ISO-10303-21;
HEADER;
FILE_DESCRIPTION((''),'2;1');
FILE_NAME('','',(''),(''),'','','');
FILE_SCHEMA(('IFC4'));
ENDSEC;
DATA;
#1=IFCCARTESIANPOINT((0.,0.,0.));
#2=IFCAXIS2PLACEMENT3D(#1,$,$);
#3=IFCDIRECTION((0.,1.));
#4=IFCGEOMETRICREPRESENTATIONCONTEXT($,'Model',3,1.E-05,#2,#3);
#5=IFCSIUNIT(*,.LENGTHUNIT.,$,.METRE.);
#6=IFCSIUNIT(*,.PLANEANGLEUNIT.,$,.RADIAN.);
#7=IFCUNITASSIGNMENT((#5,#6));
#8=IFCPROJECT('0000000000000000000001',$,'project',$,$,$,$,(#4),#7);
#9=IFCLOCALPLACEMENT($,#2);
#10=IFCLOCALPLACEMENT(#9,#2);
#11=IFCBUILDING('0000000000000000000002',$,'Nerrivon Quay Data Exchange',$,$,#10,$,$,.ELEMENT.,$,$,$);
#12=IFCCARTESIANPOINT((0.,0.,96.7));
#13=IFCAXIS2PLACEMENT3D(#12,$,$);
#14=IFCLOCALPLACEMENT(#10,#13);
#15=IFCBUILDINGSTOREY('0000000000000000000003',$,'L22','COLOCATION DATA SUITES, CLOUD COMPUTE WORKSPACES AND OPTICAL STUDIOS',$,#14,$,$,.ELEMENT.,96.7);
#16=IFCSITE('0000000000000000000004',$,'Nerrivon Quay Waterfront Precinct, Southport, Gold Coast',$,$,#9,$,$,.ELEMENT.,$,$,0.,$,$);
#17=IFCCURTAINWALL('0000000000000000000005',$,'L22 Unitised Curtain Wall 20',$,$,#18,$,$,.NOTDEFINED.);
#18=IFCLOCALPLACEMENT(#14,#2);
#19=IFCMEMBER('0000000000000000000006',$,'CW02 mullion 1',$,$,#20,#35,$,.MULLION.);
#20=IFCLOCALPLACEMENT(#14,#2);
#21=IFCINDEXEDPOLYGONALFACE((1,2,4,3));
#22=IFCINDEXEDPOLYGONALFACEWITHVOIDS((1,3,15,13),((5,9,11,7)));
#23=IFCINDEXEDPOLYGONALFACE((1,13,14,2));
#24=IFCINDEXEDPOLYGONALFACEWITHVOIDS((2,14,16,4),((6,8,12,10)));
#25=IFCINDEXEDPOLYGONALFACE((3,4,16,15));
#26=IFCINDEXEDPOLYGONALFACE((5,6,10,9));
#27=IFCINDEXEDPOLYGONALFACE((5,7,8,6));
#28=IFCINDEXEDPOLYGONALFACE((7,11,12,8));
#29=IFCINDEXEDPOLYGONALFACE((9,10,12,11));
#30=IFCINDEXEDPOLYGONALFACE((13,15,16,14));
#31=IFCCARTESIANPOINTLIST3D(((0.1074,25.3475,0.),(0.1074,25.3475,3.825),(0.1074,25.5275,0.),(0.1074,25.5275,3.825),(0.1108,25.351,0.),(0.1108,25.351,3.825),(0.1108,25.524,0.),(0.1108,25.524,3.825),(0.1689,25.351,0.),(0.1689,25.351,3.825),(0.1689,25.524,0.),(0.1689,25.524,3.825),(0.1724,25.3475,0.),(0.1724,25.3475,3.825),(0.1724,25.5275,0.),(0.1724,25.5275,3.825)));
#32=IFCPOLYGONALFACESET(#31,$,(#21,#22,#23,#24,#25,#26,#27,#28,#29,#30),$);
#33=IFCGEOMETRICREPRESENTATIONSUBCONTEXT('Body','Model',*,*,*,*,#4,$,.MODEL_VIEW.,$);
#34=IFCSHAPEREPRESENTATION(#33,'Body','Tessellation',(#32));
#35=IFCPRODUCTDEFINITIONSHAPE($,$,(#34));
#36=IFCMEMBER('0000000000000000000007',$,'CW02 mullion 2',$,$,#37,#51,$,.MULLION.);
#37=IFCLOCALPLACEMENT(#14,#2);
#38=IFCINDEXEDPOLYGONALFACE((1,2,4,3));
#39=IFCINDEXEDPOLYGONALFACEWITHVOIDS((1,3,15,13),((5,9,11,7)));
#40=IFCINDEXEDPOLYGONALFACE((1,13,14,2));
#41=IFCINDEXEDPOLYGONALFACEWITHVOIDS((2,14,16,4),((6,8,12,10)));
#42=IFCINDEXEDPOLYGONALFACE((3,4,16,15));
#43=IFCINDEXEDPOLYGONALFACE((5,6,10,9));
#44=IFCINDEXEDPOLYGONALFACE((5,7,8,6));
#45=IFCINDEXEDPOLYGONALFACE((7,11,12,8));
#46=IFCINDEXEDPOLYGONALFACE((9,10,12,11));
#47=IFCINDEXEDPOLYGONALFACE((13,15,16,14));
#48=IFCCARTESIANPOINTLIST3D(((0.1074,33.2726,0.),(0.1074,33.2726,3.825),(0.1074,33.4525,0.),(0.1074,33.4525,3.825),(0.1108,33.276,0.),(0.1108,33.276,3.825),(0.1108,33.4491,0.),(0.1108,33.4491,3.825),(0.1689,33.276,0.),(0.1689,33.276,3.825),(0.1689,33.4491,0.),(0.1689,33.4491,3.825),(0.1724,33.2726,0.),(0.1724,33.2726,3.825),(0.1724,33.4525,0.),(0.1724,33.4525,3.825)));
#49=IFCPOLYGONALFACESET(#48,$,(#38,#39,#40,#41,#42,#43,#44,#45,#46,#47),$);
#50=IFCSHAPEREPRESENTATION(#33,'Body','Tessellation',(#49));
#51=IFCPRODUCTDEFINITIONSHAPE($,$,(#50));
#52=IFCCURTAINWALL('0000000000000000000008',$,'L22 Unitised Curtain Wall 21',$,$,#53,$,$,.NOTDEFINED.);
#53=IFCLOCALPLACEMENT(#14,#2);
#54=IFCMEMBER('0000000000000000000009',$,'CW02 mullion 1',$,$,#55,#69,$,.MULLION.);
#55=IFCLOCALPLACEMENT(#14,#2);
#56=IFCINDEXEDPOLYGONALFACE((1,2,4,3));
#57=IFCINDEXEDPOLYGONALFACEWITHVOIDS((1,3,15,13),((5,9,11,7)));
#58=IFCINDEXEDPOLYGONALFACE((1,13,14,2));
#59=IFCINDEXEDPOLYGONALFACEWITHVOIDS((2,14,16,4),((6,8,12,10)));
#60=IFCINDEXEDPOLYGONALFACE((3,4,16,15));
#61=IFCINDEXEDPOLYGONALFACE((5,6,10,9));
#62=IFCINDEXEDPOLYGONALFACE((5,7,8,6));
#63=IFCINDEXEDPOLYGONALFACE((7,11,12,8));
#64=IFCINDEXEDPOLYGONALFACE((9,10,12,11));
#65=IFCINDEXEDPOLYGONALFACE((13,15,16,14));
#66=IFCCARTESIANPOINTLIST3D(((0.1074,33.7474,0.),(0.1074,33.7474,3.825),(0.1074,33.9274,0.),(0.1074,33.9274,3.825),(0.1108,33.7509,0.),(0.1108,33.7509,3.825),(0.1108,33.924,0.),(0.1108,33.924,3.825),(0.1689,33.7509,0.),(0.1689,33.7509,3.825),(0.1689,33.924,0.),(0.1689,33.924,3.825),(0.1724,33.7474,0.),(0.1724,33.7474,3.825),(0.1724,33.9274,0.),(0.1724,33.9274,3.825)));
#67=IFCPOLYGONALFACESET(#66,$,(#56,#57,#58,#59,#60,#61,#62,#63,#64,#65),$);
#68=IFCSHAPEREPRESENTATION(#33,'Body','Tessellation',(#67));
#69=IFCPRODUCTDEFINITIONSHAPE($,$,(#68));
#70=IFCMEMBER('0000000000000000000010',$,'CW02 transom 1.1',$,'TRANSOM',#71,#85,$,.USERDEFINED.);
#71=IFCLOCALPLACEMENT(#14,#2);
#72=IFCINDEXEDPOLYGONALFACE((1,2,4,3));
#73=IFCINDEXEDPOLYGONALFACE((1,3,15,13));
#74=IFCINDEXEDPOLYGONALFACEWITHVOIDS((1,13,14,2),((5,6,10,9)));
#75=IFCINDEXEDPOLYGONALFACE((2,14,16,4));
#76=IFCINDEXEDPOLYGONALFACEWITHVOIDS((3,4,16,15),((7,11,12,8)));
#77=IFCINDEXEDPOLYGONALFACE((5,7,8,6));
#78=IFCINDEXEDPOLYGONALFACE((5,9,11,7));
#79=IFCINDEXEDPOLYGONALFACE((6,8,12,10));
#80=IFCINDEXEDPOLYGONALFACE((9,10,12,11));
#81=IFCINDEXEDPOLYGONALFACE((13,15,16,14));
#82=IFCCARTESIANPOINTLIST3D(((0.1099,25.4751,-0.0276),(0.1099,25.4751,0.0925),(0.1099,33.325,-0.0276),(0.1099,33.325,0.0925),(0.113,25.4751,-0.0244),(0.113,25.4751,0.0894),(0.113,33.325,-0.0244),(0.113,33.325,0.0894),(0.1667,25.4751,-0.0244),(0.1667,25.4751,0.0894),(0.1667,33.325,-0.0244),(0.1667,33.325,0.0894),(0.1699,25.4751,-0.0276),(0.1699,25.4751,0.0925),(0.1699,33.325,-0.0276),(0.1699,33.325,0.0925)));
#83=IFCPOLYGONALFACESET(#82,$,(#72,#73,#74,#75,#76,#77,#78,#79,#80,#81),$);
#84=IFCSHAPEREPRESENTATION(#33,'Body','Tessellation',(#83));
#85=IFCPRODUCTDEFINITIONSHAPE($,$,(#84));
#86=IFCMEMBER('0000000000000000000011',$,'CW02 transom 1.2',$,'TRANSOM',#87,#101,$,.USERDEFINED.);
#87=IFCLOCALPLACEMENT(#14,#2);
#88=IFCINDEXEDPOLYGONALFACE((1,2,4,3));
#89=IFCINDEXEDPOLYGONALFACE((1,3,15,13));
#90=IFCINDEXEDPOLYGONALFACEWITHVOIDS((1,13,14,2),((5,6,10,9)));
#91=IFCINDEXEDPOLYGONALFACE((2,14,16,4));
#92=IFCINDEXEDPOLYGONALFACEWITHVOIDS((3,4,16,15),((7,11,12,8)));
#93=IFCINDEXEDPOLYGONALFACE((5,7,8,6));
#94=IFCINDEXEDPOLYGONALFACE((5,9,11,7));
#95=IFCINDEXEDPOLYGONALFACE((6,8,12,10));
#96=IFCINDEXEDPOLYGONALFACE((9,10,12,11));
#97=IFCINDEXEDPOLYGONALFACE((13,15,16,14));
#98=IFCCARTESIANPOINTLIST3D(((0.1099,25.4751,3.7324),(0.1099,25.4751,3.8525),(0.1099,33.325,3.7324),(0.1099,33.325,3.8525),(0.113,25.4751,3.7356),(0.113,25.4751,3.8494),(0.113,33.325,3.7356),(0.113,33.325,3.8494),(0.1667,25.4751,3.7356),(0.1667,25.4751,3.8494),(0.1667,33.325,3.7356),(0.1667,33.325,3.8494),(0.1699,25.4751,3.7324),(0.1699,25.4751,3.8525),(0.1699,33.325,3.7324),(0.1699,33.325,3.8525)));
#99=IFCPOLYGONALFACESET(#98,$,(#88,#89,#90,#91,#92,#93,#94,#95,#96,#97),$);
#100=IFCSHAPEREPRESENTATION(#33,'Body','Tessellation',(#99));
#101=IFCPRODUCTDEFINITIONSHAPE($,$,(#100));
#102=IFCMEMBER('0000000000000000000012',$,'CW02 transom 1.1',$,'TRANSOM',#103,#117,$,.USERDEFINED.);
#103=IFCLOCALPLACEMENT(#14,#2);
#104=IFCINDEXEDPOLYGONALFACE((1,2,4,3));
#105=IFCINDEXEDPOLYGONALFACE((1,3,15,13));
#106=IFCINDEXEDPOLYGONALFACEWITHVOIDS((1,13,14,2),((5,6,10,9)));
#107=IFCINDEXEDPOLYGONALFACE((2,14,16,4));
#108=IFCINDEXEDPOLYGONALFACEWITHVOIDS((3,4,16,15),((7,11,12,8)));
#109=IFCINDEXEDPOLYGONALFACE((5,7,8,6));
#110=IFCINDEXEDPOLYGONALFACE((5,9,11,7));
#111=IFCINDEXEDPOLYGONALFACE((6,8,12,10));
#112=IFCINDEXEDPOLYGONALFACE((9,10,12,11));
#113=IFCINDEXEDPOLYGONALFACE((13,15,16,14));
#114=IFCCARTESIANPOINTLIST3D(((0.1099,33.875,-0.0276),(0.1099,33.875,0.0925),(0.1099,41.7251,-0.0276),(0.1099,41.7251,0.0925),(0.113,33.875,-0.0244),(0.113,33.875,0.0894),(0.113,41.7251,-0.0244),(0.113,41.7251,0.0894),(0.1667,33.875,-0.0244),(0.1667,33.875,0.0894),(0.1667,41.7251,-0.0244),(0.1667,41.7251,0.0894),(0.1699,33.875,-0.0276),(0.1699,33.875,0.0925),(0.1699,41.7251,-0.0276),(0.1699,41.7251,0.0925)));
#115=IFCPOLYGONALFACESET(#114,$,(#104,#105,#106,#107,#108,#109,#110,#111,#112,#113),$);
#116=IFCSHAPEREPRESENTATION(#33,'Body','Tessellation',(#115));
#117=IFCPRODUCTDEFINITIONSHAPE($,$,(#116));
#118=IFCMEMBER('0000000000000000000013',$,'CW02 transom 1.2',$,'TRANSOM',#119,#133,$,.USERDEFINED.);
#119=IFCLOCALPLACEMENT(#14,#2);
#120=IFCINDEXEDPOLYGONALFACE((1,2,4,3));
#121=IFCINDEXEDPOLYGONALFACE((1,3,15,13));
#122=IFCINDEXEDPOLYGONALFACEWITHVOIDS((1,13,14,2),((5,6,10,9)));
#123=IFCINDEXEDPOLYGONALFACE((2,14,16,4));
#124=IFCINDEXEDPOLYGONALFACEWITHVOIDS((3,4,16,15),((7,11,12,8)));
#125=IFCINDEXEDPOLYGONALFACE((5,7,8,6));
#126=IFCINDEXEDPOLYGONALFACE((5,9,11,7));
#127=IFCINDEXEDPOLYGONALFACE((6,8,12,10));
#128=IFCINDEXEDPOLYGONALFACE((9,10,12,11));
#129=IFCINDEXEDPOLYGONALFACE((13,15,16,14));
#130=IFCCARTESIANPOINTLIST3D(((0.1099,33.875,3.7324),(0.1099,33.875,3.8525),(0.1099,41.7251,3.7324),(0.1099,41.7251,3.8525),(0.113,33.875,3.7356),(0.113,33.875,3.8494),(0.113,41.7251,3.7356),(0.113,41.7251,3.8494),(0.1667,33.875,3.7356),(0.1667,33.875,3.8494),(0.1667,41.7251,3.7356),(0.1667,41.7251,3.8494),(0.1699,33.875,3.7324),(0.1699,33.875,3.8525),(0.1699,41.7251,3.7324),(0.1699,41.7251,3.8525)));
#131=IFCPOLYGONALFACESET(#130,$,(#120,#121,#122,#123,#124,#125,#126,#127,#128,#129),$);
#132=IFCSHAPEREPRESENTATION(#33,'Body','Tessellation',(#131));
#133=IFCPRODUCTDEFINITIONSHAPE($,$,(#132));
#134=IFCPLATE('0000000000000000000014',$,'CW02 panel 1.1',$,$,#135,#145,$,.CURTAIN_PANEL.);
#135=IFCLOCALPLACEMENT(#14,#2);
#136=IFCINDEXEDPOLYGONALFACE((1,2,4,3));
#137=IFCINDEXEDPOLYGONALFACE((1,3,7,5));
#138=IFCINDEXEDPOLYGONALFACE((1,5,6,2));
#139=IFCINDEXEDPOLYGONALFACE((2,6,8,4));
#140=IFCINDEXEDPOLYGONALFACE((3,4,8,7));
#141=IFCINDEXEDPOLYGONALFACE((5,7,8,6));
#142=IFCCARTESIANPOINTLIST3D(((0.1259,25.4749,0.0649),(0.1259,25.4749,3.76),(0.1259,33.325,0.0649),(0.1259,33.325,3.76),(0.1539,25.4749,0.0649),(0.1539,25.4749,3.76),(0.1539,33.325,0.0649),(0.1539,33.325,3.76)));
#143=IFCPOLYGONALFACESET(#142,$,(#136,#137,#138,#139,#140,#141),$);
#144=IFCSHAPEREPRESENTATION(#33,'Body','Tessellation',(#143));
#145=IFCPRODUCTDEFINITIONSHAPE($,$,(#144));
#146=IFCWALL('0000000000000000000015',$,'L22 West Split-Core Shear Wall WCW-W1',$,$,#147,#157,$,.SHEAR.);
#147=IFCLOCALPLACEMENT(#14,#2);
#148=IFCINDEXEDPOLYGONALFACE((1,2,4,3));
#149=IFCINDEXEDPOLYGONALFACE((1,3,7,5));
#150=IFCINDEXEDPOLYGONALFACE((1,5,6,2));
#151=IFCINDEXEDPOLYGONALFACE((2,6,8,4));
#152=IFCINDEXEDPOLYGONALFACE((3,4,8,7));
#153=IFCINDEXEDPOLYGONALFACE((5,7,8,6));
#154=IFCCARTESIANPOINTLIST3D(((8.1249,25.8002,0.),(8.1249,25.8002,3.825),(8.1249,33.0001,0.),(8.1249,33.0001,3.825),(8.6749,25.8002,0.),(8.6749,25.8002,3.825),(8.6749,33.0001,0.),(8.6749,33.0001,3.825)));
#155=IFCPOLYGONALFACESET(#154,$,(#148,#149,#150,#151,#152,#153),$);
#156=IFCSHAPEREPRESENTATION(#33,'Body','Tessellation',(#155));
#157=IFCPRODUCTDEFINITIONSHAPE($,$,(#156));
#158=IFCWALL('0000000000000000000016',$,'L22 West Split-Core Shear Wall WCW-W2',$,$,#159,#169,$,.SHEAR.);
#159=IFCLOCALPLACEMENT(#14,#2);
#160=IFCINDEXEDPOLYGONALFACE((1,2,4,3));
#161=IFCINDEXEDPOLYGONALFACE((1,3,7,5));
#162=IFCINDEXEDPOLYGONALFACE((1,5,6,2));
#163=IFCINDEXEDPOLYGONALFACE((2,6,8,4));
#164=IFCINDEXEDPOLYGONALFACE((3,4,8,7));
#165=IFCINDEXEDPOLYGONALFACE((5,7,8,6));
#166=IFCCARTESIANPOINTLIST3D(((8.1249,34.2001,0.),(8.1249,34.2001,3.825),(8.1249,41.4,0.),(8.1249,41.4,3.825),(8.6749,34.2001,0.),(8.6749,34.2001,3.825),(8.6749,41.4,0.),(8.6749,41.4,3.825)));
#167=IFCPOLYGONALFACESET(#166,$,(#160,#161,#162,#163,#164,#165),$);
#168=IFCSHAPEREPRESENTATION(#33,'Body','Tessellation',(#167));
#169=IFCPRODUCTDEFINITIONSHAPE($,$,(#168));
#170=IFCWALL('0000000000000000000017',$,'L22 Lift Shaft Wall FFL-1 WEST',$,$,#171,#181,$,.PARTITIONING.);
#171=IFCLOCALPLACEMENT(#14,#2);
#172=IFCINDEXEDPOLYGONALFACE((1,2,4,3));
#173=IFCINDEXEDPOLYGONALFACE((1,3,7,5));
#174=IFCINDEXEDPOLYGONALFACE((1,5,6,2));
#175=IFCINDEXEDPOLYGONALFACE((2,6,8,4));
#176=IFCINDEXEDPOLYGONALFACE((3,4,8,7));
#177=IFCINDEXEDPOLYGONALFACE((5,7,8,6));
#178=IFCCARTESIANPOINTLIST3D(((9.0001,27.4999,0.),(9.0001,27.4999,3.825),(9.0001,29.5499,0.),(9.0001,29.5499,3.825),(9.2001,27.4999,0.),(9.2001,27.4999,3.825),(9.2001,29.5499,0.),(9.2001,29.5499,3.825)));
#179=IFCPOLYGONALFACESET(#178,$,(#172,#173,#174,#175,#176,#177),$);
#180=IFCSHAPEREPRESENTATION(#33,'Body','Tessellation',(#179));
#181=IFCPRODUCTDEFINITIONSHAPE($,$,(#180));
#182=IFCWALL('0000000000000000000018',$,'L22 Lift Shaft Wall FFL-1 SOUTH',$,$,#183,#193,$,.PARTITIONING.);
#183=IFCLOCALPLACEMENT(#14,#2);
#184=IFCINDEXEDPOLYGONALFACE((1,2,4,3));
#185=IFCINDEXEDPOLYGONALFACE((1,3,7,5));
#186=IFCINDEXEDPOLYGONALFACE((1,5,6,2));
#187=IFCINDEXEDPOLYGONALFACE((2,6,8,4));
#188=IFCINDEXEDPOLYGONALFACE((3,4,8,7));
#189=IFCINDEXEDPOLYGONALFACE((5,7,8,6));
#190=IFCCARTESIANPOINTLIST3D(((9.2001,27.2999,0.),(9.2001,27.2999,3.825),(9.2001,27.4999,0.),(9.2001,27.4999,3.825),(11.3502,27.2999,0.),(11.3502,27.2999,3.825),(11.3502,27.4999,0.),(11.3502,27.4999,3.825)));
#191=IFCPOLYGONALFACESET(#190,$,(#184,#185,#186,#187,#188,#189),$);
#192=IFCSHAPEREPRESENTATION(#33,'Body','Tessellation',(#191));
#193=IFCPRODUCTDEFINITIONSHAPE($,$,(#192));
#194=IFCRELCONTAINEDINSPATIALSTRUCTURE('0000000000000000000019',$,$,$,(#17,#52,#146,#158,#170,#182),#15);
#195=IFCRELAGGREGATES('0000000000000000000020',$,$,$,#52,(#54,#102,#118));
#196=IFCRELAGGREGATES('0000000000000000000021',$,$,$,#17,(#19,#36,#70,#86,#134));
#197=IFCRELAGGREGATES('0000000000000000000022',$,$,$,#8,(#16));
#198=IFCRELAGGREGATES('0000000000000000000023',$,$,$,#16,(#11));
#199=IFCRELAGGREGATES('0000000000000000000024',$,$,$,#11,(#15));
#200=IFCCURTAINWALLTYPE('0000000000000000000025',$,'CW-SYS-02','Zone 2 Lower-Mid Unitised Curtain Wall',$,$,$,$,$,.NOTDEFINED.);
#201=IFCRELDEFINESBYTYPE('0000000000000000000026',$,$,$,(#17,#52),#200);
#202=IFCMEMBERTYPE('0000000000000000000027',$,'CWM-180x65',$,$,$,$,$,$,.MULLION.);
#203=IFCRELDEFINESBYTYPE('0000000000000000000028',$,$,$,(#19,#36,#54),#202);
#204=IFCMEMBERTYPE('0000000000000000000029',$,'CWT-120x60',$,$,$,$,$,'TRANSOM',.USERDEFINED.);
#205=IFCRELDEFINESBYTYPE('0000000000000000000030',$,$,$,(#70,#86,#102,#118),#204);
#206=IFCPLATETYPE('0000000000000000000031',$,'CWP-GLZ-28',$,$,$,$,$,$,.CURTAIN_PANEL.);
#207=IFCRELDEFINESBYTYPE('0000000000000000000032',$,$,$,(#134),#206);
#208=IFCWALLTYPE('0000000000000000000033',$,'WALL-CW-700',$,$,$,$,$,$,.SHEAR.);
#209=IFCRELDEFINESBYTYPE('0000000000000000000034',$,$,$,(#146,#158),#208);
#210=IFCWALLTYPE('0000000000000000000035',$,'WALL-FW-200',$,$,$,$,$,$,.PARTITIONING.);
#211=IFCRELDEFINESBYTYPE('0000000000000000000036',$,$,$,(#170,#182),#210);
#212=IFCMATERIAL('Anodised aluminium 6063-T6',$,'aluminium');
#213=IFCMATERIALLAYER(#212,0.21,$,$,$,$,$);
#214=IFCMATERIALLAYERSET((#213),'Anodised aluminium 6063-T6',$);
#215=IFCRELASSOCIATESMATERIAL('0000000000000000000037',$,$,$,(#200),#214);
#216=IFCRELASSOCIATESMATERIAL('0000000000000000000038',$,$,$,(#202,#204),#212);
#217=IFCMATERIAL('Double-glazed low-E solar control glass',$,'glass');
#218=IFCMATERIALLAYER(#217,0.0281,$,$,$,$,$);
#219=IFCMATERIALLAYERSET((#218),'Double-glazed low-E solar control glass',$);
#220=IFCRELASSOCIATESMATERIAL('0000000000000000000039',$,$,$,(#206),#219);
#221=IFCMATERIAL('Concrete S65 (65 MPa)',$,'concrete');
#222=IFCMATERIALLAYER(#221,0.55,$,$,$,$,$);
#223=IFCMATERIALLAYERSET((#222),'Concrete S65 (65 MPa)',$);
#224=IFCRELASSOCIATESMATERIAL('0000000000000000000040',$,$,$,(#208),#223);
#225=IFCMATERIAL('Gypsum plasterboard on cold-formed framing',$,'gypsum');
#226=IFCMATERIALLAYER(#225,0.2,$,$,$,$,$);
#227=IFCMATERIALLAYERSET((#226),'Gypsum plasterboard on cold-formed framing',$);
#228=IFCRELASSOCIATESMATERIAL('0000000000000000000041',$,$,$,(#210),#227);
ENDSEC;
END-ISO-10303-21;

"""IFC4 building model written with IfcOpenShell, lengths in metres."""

from ifc_helpers import new_model, si_unit, direction, frame, frame_2d, origin, origin_2d, place, context, subcontext, project, spatial, rectangle, hollow_rectangle, extrude, material, layer, layer_set, material_profile, profile_set, type_object, element, aggregate, save


model = new_model("IFC4")

# Units and contexts
model_context = context("Model", 3, precision=1e-05, world=origin(), true_north=direction((0.0, 1.0)))
body_context = subcontext(model_context, "Body", "Model", "MODEL_VIEW")
ifc_project = project(units=[si_unit("LENGTHUNIT", "METRE"), si_unit("PLANEANGLEUNIT", "RADIAN")], contexts=[model_context])

# Site, building, storey
site_placement = place(None, origin())
site = spatial("IfcSite", under=ifc_project, at=site_placement, Name="Nerrivon Quay Waterfront Precinct, Southport, Gold Coast", CompositionType="ELEMENT", RefElevation=0.0)
building_placement = place(site_placement, origin())
building = spatial("IfcBuilding", under=site, at=building_placement, Name="Nerrivon Quay Data Exchange", CompositionType="ELEMENT")
storey_placement = place(building_placement, frame((0.0, 0.0, 96.7)))
storey = spatial("IfcBuildingStorey", under=building, at=storey_placement, Name="L22", Description="COLOCATION DATA SUITES, CLOUD COMPUTE WORKSPACES AND OPTICAL STUDIOS", CompositionType="ELEMENT", Elevation=96.7)

# Shared definitions
ifc_material_1 = material(Name="Concrete S65 (65 MPa)", Category="concrete")

# Curtain wall, members
ifc_material_2 = material(Name="Anodised aluminium 6063-T6", Category="aluminium")
ifc_layer_1 = layer(ifc_material_2, 0.21)
ifc_layer_set_1 = layer_set([ifc_layer_1], Name="Anodised aluminium 6063-T6")
curtain_wall_type = type_object("IfcCurtainWallType", Name="CW-SYS-02", Description="Zone 2 Lower-Mid Unitised Curtain Wall", PredefinedType="NOTDEFINED", material=ifc_layer_set_1)
curtain_wall_1_placement = place(storey_placement, origin())
curtain_wall_1 = element("IfcCurtainWall", 1, at=curtain_wall_1_placement, inside=storey, type_object=curtain_wall_type, Name="L22 Unitised Curtain Wall 20", PredefinedType="NOTDEFINED")
ifc_material_profile_1 = material_profile(ifc_material_2, hollow_rectangle(XDim=0.0649, YDim=0.1799, WallThickness=0.0034, at=origin_2d()), Name="ALU-MULL-180x65")
ifc_profile_set_1 = profile_set([ifc_material_profile_1], Name="Anodised aluminium 6063-T6")
member_type_1 = type_object("IfcMemberType", Name="CWM-180x65", PredefinedType="MULLION", material=ifc_profile_set_1)
member_1_placement = place(storey_placement, frame((0.1399, 25.4375, 0.0), z_axis=(0.0, 0.0, 1.0), x_axis=(-1.0, 0.0, 0.0)))
member_1 = element("IfcMember", 2, at=member_1_placement, type_object=member_type_1, Name="CW02 mullion 1", PredefinedType="MULLION", context=body_context, shape_type="SweptSolid", body=[
    extrude(hollow_rectangle(XDim=0.0649, YDim=0.1799, WallThickness=0.0034, at=origin_2d()), origin(), (0.0, 0.0, 1.0), 3.825),
])
member_2_placement = place(storey_placement, frame((0.1399, 33.3625, 0.0), z_axis=(0.0, 0.0, 1.0), x_axis=(-1.0, 0.0, 0.0)))
member_2 = element("IfcMember", 3, at=member_2_placement, type_object=member_type_1, Name="CW02 mullion 2", PredefinedType="MULLION", context=body_context, shape_type="SweptSolid", body=[
    extrude(hollow_rectangle(XDim=0.0649, YDim=0.1799, WallThickness=0.0034, at=origin_2d()), origin(), (0.0, 0.0, 1.0), 3.825),
])

# Curtain wall, member
curtain_wall_2_placement = place(storey_placement, origin())
curtain_wall_2 = element("IfcCurtainWall", 4, at=curtain_wall_2_placement, inside=storey, type_object=curtain_wall_type, Name="L22 Unitised Curtain Wall 21", PredefinedType="NOTDEFINED")
member_3_placement = place(storey_placement, frame((0.1399, 33.8374, 0.0), z_axis=(0.0, 0.0, 1.0), x_axis=(-1.0, 0.0, 0.0)))
member_3 = element("IfcMember", 5, at=member_3_placement, type_object=member_type_1, Name="CW02 mullion 1", PredefinedType="MULLION", context=body_context, shape_type="SweptSolid", body=[
    extrude(hollow_rectangle(XDim=0.0649, YDim=0.1799, WallThickness=0.0034, at=origin_2d()), origin(), (0.0, 0.0, 1.0), 3.825),
])

# Members
ifc_material_profile_2 = material_profile(ifc_material_2, hollow_rectangle(XDim=0.0601, YDim=0.1201, WallThickness=0.0032, at=origin_2d()), Name="ALU-TRAN-120x60")
ifc_profile_set_2 = profile_set([ifc_material_profile_2], Name="Anodised aluminium 6063-T6")
member_type_2 = type_object("IfcMemberType", Name="CWT-120x60", ElementType="TRANSOM", PredefinedType="USERDEFINED", material=ifc_profile_set_2)
member_4_placement = place(storey_placement, frame((0.1399, 25.4751, 0.0325), z_axis=(0.0, 1.0, 0.0), x_axis=(-1.0, 0.0, 0.0)))
member_4 = element("IfcMember", 6, at=member_4_placement, type_object=member_type_2, Name="CW02 transom 1.1", ObjectType="TRANSOM", PredefinedType="USERDEFINED", context=body_context, shape_type="SweptSolid", body=[
    extrude(hollow_rectangle(XDim=0.0601, YDim=0.1201, WallThickness=0.0032, at=origin_2d()), origin(), (0.0, 0.0, 1.0), 7.8499),
])
member_5_placement = place(storey_placement, frame((0.1399, 25.4751, 3.7925), z_axis=(0.0, 1.0, 0.0), x_axis=(-1.0, 0.0, 0.0)))
member_5 = element("IfcMember", 7, at=member_5_placement, type_object=member_type_2, Name="CW02 transom 1.2", ObjectType="TRANSOM", PredefinedType="USERDEFINED", context=body_context, shape_type="SweptSolid", body=[
    extrude(hollow_rectangle(XDim=0.0601, YDim=0.1201, WallThickness=0.0032, at=origin_2d()), origin(), (0.0, 0.0, 1.0), 7.8499),
])
member_6_placement = place(storey_placement, frame((0.1399, 33.875, 0.0325), z_axis=(0.0, 1.0, 0.0), x_axis=(-1.0, 0.0, 0.0)))
member_6 = element("IfcMember", 8, at=member_6_placement, type_object=member_type_2, Name="CW02 transom 1.1", ObjectType="TRANSOM", PredefinedType="USERDEFINED", context=body_context, shape_type="SweptSolid", body=[
    extrude(hollow_rectangle(XDim=0.0601, YDim=0.1201, WallThickness=0.0032, at=origin_2d()), origin(), (0.0, 0.0, 1.0), 7.8501),
])
member_7_placement = place(storey_placement, frame((0.1399, 33.875, 3.7925), z_axis=(0.0, 1.0, 0.0), x_axis=(-1.0, 0.0, 0.0)))
member_7 = element("IfcMember", 9, at=member_7_placement, type_object=member_type_2, Name="CW02 transom 1.2", ObjectType="TRANSOM", PredefinedType="USERDEFINED", context=body_context, shape_type="SweptSolid", body=[
    extrude(hollow_rectangle(XDim=0.0601, YDim=0.1201, WallThickness=0.0032, at=origin_2d()), origin(), (0.0, 0.0, 1.0), 7.8501),
])
aggregate(curtain_wall_2, [member_3, member_6, member_7])

# Plate
ifc_material_3 = material(Name="Double-glazed low-E solar control glass", Category="glass")
ifc_layer_2 = layer(ifc_material_3, 0.0281)
ifc_layer_set_2 = layer_set([ifc_layer_2], Name="Double-glazed low-E solar control glass")
plate_type = type_object("IfcPlateType", Name="CWP-GLZ-28", PredefinedType="CURTAIN_PANEL", material=ifc_layer_set_2)
plate_placement = place(storey_placement, frame((0.1399, 29.3999, 0.0649), z_axis=(0.0, 0.0, 1.0), x_axis=(0.0, 1.0, 0.0)))
plate = element("IfcPlate", 10, at=plate_placement, type_object=plate_type, Name="CW02 panel 1.1", PredefinedType="CURTAIN_PANEL", context=body_context, shape_type="SweptSolid", body=[
    extrude(rectangle(XDim=7.8501, YDim=0.0281, at=origin_2d()), origin(), (0.0, 0.0, 1.0), 3.6951),
])
aggregate(curtain_wall_1, [member_1, member_2, member_4, member_5, plate])

# Walls
ifc_layer_3 = layer(ifc_material_1, 0.55)
ifc_layer_set_3 = layer_set([ifc_layer_3], Name="Concrete S65 (65 MPa)")
wall_type_1 = type_object("IfcWallType", Name="WALL-CW-700", PredefinedType="SHEAR", material=ifc_layer_set_3)
for number, where, z_axis, x_axis, name in (
    (11, (8.3999, 25.8, 0.0), (0.0, 0.0, 1.0), (0.0, 1.0, 0.0), "L22 West Split-Core Shear Wall WCW-W1"),
    (12, (8.3999, 34.2, 0.0), (0.0, 0.0, 1.0), (0.0, 1.0, 0.0), "L22 West Split-Core Shear Wall WCW-W2"),
):
    element("IfcWall", number, at=place(storey_placement, frame(where, z_axis=z_axis, x_axis=x_axis)), inside=storey, type_object=wall_type_1, Name=name, PredefinedType="SHEAR", context=body_context, shape_type="SweptSolid", body=[
        extrude(rectangle(XDim=7.2, YDim=0.55, at=frame_2d((3.6001, 0.0))), origin(), (0.0, 0.0, 1.0), 3.825),
    ])
ifc_material_4 = material(Name="Gypsum plasterboard on cold-formed framing", Category="gypsum")
ifc_layer_4 = layer(ifc_material_4, 0.2)
ifc_layer_set_4 = layer_set([ifc_layer_4], Name="Gypsum plasterboard on cold-formed framing")
wall_type_2 = type_object("IfcWallType", Name="WALL-FW-200", PredefinedType="PARTITIONING", material=ifc_layer_set_4)
wall_1_placement = place(storey_placement, frame((9.1001, 27.5, 0.0), z_axis=(0.0, 0.0, 1.0), x_axis=(0.0, 1.0, 0.0)))
element("IfcWall", 13, at=wall_1_placement, inside=storey, type_object=wall_type_2, Name="L22 Lift Shaft Wall FFL-1 WEST", PredefinedType="PARTITIONING", context=body_context, shape_type="SweptSolid", body=[
    extrude(rectangle(XDim=2.05, YDim=0.2, at=frame_2d((1.0249, 0.0))), origin(), (0.0, 0.0, 1.0), 3.825),
])
wall_2_placement = place(storey_placement, frame((9.2, 27.3999, 0.0), z_axis=(0.0, 0.0, 1.0), x_axis=(1.0, 0.0, 0.0)))
element("IfcWall", 14, at=wall_2_placement, inside=storey, type_object=wall_type_2, Name="L22 Lift Shaft Wall FFL-1 SOUTH", PredefinedType="PARTITIONING", context=body_context, shape_type="SweptSolid", body=[
    extrude(rectangle(XDim=2.1501, YDim=0.2, at=frame_2d((1.0752, 0.0))), origin(), (0.0, 0.0, 1.0), 3.825),
])

save(model, "model.ifc")
